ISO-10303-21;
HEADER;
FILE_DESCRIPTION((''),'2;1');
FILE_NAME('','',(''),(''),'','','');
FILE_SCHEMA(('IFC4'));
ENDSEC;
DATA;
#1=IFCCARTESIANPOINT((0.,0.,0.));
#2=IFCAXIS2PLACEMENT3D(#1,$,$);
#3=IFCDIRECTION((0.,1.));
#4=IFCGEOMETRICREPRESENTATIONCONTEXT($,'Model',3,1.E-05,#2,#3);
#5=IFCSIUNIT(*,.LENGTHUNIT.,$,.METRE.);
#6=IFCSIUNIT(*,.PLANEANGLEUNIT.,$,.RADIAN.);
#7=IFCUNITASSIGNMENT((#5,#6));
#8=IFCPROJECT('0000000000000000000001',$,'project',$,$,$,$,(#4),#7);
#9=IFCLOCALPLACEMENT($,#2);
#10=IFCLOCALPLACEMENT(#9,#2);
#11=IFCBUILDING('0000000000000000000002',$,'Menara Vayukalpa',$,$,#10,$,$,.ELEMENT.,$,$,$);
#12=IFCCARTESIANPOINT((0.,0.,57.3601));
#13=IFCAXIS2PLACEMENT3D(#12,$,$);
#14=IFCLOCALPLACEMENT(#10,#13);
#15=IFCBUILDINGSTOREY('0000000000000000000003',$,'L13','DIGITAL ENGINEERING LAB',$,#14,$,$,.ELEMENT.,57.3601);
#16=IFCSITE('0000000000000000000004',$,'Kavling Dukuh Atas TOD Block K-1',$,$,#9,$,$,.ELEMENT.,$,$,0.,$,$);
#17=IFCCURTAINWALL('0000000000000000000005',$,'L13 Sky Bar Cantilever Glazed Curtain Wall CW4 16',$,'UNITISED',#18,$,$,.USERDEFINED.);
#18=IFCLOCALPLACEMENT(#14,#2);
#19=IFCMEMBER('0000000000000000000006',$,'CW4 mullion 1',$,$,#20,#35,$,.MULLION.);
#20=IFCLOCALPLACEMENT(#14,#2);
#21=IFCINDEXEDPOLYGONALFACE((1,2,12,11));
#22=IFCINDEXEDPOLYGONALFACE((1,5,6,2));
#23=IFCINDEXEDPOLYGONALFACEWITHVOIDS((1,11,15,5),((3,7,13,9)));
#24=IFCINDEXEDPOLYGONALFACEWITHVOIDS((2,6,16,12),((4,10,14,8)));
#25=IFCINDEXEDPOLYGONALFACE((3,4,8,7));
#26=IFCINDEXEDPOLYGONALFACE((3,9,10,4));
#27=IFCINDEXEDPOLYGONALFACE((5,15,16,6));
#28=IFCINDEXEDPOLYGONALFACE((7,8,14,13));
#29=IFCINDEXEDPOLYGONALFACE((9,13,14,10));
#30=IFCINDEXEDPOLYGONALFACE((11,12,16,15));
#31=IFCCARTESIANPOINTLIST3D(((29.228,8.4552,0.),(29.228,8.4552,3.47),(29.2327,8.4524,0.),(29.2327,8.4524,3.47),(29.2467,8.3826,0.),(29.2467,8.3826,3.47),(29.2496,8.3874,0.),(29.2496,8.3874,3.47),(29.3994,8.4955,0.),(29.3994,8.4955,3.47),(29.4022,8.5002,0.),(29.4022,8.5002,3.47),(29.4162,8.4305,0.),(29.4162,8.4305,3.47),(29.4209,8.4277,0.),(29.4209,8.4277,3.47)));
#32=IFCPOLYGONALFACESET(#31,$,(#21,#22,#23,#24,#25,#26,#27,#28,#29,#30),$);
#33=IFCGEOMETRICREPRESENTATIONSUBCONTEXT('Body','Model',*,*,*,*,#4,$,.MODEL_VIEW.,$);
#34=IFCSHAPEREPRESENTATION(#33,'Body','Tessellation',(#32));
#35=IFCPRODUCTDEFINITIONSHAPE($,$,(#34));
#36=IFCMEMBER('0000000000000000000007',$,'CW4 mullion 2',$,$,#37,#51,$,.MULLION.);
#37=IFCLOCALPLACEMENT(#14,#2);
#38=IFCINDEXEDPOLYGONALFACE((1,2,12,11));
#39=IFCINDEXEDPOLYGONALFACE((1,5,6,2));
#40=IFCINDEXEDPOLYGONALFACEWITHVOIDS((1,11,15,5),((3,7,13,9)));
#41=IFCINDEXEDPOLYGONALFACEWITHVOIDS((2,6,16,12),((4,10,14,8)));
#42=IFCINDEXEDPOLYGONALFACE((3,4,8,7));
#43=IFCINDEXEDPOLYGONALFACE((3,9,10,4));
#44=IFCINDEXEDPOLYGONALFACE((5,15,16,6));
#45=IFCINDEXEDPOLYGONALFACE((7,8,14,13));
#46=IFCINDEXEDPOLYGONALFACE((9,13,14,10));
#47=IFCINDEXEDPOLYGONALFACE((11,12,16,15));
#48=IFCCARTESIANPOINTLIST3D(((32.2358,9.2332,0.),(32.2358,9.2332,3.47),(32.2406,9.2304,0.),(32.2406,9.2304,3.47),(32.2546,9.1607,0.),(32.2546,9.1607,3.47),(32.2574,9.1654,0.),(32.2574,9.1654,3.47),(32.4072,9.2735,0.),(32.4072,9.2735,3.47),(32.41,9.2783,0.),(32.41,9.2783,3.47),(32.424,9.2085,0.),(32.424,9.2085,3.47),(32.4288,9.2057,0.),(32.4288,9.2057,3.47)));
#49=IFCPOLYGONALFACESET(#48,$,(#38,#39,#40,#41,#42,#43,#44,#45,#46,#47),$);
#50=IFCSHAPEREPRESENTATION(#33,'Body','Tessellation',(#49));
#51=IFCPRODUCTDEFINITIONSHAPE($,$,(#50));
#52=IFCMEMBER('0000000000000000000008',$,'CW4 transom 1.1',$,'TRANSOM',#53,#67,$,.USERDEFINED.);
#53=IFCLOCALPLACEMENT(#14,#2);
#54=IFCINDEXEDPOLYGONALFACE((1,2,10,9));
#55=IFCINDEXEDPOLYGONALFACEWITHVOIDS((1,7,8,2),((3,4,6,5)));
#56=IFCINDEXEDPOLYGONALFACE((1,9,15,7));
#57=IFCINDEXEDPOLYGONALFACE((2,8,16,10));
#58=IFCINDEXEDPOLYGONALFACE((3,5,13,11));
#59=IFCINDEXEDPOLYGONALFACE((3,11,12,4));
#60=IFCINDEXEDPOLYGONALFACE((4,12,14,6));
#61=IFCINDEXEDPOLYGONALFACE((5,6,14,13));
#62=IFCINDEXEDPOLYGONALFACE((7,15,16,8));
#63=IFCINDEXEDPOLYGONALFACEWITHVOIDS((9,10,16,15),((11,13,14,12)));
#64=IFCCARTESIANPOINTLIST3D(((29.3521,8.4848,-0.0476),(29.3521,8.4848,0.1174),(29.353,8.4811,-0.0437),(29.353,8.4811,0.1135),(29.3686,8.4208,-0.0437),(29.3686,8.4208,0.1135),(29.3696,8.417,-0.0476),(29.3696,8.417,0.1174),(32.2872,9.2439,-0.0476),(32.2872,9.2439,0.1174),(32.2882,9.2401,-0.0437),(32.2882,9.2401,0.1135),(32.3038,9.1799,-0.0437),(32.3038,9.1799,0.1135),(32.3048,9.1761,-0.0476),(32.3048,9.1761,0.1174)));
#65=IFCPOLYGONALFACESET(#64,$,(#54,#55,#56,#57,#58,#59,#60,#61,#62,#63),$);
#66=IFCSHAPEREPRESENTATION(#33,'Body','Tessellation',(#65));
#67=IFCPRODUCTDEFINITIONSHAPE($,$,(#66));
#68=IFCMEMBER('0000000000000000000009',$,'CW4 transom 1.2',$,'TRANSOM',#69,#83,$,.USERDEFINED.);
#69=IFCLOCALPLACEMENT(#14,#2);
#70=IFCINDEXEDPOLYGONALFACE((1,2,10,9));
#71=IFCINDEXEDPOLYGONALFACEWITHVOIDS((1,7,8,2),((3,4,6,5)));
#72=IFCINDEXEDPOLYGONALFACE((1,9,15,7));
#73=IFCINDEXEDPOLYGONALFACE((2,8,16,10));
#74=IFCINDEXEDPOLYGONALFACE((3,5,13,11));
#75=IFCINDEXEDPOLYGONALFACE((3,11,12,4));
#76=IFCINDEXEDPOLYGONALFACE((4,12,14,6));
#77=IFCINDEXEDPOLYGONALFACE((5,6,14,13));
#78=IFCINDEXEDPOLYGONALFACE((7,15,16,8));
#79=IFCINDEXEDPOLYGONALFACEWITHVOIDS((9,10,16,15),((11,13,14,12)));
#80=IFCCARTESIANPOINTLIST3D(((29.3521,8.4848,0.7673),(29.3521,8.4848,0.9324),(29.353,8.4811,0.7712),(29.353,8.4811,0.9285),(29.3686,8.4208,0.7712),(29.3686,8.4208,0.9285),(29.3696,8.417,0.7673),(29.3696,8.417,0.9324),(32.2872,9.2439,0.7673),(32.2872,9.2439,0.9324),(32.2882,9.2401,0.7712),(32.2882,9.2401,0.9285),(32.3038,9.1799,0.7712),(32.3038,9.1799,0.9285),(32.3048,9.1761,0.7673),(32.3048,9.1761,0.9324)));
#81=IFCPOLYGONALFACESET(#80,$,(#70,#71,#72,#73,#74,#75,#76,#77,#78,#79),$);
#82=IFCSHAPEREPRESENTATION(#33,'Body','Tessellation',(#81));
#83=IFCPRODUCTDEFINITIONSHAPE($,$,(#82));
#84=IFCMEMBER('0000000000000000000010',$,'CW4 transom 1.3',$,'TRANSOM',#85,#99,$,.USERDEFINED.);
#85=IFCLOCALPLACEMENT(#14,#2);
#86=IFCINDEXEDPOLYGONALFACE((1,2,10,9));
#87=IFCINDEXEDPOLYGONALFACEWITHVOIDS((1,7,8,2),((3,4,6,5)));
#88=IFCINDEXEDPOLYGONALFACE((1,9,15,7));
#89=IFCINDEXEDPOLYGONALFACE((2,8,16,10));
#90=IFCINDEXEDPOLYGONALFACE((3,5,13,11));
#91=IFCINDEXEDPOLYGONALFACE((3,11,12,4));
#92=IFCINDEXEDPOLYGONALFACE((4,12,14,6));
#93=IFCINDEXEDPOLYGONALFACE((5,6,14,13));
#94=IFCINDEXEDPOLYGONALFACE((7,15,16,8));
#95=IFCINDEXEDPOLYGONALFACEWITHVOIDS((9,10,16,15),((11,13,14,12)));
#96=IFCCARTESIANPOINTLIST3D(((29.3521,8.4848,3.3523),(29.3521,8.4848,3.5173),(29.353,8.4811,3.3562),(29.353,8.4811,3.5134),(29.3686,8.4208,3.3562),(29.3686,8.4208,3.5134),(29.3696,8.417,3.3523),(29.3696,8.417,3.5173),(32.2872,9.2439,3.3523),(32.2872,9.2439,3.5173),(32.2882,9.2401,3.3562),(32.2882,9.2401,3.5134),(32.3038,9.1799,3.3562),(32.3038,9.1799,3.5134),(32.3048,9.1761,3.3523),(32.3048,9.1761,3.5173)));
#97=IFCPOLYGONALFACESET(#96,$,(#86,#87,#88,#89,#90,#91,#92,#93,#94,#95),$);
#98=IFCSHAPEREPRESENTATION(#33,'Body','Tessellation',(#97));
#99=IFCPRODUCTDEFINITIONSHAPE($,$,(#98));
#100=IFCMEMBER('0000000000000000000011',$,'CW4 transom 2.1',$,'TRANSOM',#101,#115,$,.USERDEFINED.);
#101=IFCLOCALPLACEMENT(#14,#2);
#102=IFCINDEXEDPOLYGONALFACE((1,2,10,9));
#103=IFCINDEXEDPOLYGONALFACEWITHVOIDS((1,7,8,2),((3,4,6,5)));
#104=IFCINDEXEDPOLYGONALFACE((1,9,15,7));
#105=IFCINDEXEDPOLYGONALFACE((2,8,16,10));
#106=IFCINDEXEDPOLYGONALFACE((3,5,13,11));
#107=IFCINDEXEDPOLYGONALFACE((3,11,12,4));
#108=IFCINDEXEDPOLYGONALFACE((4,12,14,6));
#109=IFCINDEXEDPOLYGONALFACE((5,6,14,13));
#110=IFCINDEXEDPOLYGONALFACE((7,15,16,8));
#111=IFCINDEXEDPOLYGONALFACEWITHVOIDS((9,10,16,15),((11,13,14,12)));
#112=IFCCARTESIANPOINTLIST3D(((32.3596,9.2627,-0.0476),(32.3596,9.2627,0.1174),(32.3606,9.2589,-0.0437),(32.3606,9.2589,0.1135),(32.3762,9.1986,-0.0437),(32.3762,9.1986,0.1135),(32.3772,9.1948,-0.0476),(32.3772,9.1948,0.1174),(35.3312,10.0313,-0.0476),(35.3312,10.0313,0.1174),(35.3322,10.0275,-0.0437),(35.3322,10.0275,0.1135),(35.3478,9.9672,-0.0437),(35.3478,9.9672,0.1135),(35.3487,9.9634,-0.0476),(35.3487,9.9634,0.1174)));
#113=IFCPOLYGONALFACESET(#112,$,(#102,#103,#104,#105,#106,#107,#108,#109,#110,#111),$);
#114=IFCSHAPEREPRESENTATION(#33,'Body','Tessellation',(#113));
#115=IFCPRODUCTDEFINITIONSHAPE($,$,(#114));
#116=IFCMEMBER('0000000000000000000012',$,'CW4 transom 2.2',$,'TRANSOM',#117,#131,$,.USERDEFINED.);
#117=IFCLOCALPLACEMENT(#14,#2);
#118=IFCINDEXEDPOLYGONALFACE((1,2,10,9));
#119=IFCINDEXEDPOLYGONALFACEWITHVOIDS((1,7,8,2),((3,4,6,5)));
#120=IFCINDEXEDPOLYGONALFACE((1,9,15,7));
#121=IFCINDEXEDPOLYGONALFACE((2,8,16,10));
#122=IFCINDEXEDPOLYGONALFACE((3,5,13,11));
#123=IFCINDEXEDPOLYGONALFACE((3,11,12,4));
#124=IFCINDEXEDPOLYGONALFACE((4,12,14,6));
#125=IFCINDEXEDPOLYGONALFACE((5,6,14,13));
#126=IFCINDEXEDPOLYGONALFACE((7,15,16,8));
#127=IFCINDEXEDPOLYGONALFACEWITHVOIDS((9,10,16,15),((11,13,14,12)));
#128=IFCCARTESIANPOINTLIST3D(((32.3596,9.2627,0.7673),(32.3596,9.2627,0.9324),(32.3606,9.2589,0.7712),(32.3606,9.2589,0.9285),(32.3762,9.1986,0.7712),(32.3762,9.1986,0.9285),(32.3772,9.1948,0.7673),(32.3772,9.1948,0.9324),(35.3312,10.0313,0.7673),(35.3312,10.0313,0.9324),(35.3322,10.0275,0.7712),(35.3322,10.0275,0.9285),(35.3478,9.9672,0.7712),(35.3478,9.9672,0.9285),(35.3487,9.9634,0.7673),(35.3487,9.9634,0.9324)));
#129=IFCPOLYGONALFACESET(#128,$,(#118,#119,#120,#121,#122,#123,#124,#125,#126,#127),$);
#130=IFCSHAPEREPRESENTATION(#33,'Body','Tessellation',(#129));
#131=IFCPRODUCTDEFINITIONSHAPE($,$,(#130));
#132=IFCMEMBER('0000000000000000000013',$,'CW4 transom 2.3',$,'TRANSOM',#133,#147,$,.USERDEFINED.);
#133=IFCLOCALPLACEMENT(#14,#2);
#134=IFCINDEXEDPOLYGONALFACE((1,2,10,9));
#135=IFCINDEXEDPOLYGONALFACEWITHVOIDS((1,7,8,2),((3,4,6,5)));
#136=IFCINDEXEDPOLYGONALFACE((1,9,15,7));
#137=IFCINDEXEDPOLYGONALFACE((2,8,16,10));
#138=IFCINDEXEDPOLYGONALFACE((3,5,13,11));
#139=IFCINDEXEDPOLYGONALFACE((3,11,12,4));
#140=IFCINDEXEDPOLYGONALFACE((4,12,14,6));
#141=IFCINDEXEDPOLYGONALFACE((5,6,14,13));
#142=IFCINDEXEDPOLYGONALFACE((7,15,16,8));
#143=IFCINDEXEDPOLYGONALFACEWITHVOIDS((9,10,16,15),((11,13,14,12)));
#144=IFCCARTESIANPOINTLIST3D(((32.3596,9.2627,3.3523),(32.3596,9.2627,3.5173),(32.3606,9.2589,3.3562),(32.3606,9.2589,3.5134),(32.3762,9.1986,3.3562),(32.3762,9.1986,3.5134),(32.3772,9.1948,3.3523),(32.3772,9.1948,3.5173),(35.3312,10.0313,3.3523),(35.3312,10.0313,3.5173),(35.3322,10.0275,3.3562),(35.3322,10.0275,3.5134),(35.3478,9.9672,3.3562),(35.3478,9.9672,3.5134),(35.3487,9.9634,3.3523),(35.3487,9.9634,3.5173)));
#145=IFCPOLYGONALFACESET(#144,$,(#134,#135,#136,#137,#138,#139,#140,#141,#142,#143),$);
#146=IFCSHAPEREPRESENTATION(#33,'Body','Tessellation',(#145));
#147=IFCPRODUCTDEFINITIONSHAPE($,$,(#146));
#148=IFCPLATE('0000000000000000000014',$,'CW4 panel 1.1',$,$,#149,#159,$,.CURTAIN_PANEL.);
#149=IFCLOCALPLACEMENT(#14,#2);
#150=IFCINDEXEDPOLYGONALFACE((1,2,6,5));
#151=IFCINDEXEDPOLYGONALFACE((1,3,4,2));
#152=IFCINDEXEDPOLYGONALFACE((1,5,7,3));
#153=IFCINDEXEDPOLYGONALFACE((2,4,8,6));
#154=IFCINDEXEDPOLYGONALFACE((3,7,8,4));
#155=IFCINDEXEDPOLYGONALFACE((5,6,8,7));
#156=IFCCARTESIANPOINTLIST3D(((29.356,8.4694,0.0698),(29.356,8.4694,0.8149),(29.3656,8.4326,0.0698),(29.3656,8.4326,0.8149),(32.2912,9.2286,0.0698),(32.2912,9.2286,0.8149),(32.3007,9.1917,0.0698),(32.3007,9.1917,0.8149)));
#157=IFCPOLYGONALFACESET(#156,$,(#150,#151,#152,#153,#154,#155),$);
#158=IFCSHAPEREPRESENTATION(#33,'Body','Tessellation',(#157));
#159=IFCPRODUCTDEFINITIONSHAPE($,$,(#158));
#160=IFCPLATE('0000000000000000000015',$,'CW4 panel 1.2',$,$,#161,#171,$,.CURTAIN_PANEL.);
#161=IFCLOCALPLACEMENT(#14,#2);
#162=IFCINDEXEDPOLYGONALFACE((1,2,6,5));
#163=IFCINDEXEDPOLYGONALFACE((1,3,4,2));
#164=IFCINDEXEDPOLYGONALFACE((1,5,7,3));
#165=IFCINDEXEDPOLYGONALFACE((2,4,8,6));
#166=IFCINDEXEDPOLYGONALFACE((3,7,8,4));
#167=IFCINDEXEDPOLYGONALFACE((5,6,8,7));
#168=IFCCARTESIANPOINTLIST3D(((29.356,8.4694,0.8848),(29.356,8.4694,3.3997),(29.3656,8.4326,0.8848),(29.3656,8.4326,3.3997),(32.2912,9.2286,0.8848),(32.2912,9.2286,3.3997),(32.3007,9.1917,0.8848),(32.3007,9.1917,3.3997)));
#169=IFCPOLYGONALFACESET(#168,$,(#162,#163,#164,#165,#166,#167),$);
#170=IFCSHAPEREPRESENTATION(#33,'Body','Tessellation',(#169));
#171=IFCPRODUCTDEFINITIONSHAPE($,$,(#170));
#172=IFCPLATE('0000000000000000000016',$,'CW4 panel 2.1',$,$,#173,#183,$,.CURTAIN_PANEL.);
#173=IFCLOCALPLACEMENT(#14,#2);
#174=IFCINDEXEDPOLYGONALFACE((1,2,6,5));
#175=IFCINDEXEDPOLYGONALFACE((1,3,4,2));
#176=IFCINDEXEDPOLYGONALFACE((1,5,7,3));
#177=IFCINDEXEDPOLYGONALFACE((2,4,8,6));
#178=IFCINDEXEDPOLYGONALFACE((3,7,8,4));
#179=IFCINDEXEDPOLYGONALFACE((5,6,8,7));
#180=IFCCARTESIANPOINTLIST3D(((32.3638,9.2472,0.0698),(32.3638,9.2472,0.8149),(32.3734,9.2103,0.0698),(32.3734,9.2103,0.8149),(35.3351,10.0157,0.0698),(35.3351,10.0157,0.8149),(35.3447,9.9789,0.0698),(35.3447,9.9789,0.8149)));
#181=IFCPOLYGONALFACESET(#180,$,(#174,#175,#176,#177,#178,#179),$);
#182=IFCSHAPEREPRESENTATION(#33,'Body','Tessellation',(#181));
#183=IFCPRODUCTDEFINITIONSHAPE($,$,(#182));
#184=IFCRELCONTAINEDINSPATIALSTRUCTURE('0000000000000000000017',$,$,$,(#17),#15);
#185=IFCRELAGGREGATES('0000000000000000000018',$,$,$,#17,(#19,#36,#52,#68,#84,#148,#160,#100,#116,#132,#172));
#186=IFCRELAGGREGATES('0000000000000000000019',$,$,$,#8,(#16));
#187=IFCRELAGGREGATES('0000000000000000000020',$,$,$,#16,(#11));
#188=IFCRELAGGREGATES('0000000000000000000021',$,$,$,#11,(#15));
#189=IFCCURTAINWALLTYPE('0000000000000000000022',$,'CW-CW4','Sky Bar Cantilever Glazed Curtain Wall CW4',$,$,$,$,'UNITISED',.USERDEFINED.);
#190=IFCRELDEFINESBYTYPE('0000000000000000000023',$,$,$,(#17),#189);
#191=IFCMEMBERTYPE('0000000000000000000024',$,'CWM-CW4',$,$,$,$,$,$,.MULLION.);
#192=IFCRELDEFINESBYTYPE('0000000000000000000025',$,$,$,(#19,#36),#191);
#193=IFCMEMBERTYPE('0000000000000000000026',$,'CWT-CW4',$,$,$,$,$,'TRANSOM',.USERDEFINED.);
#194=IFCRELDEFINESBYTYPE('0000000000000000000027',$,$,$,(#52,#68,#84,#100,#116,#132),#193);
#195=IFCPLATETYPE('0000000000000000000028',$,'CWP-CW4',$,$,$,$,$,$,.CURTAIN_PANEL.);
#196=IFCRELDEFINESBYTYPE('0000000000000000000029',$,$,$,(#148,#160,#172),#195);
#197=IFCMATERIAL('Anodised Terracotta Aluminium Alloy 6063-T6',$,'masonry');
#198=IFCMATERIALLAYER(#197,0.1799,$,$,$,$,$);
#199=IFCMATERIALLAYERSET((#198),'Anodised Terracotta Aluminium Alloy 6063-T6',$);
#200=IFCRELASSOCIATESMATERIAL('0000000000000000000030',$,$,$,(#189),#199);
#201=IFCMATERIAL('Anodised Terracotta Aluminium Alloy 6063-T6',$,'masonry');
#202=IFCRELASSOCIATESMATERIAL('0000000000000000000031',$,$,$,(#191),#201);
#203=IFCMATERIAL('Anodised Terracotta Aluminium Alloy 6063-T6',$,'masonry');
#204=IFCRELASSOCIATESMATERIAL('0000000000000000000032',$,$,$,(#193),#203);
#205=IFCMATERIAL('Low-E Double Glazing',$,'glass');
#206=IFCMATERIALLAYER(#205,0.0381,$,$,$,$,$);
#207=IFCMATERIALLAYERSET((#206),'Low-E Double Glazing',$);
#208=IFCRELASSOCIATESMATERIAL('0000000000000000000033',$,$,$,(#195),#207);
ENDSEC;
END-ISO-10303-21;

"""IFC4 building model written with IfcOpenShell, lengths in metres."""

from ifc_helpers import new_model, si_unit, direction, frame, origin, origin_2d, place, context, subcontext, project, spatial, rectangle, hollow_rectangle, extrude, material, layer, layer_set, material_profile, profile_set, type_object, element, aggregate, save


model = new_model("IFC4")

# Units and contexts
model_context = context("Model", 3, precision=1e-05, world=origin(), true_north=direction((0.0, 1.0)))
body_context = subcontext(model_context, "Body", "Model", "MODEL_VIEW")
ifc_project = project(units=[si_unit("LENGTHUNIT", "METRE"), si_unit("PLANEANGLEUNIT", "RADIAN")], contexts=[model_context])

# Site, building, storey
site_placement = place(None, origin())
site = spatial("IfcSite", under=ifc_project, at=site_placement, Name="Kavling Dukuh Atas TOD Block K-1", CompositionType="ELEMENT", RefElevation=0.0)
building_placement = place(site_placement, origin())
building = spatial("IfcBuilding", under=site, at=building_placement, Name="Menara Vayukalpa", CompositionType="ELEMENT")
storey_placement = place(building_placement, frame((0.0, 0.0, 57.3601)))
storey = spatial("IfcBuildingStorey", under=building, at=storey_placement, Name="L13", Description="DIGITAL ENGINEERING LAB", CompositionType="ELEMENT", Elevation=57.3601)

# Curtain wall, members, plates
ifc_material_1 = material(Name="Anodised Terracotta Aluminium Alloy 6063-T6", Category="masonry")
ifc_layer_1 = layer(ifc_material_1, 0.1799)
ifc_layer_set_1 = layer_set([ifc_layer_1], Name="Anodised Terracotta Aluminium Alloy 6063-T6")
curtain_wall_type = type_object("IfcCurtainWallType", Name="CW-CW4", Description="Sky Bar Cantilever Glazed Curtain Wall CW4", ElementType="UNITISED", PredefinedType="USERDEFINED", material=ifc_layer_set_1)
curtain_wall_placement = place(storey_placement, origin())
curtain_wall = element("IfcCurtainWall", 1, at=curtain_wall_placement, inside=storey, type_object=curtain_wall_type, Name="L13 Sky Bar Cantilever Glazed Curtain Wall CW4 16", ObjectType="UNITISED", PredefinedType="USERDEFINED")
ifc_material_2 = material(Name="Anodised Terracotta Aluminium Alloy 6063-T6", Category="masonry")
ifc_material_profile_1 = material_profile(ifc_material_2, hollow_rectangle(XDim=0.075, YDim=0.1799, WallThickness=0.0039, at=origin_2d()), Name="ALU 75x180x4")
ifc_profile_set_1 = profile_set([ifc_material_profile_1], Name="Anodised Terracotta Aluminium Alloy 6063-T6")
member_type_1 = type_object("IfcMemberType", Name="CWM-CW4", PredefinedType="MULLION", material=ifc_profile_set_1)
member_1_placement = place(storey_placement, frame((29.3245, 8.4414, 0.0), z_axis=(0.0, 0.0, 1.0), x_axis=(-0.250403, 0.968142, 0.0)))
member_1 = element("IfcMember", 2, at=member_1_placement, type_object=member_type_1, Name="CW4 mullion 1", PredefinedType="MULLION", context=body_context, shape_type="SweptSolid", body=[
    extrude(hollow_rectangle(XDim=0.075, YDim=0.1799, WallThickness=0.0039, at=origin_2d()), origin(), (0.0, 0.0, 1.0), 3.47),
])
member_2_placement = place(storey_placement, frame((32.3323, 9.2195, 0.0), z_axis=(0.0, 0.0, 1.0), x_axis=(-0.250403, 0.968142, 0.0)))
member_2 = element("IfcMember", 3, at=member_2_placement, type_object=member_type_1, Name="CW4 mullion 2", PredefinedType="MULLION", context=body_context, shape_type="SweptSolid", body=[
    extrude(hollow_rectangle(XDim=0.075, YDim=0.1799, WallThickness=0.0039, at=origin_2d()), origin(), (0.0, 0.0, 1.0), 3.47),
])
ifc_material_3 = material(Name="Anodised Terracotta Aluminium Alloy 6063-T6", Category="masonry")
ifc_material_profile_2 = material_profile(ifc_material_3, hollow_rectangle(XDim=0.0701, YDim=0.165, WallThickness=0.0039, at=origin_2d()), Name="ALU 70x165x4")
ifc_profile_set_2 = profile_set([ifc_material_profile_2], Name="Anodised Terracotta Aluminium Alloy 6063-T6")
member_type_2 = type_object("IfcMemberType", Name="CWT-CW4", ElementType="TRANSOM", PredefinedType="USERDEFINED", material=ifc_profile_set_2)
member_3_placement = place(storey_placement, frame((29.3608, 8.4509, 0.0349), z_axis=(0.96815, 0.250372, 0.0), x_axis=(-0.250372, 0.96815, 0.0)))
member_3 = element("IfcMember", 4, at=member_3_placement, type_object=member_type_2, Name="CW4 transom 1.1", ObjectType="TRANSOM", PredefinedType="USERDEFINED", context=body_context, shape_type="SweptSolid", body=[
    extrude(hollow_rectangle(XDim=0.0701, YDim=0.165, WallThickness=0.0039, at=origin_2d()), origin(), (0.0, 0.0, 1.0), 3.0317),
])
member_4_placement = place(storey_placement, frame((29.3608, 8.4509, 0.8499), z_axis=(0.96815, 0.250372, 0.0), x_axis=(-0.250372, 0.96815, 0.0)))
member_4 = element("IfcMember", 5, at=member_4_placement, type_object=member_type_2, Name="CW4 transom 1.2", ObjectType="TRANSOM", PredefinedType="USERDEFINED", context=body_context, shape_type="SweptSolid", body=[
    extrude(hollow_rectangle(XDim=0.0701, YDim=0.165, WallThickness=0.0039, at=origin_2d()), origin(), (0.0, 0.0, 1.0), 3.0317),
])
member_5_placement = place(storey_placement, frame((29.3608, 8.4509, 3.4348), z_axis=(0.96815, 0.250372, 0.0), x_axis=(-0.250372, 0.96815, 0.0)))
member_5 = element("IfcMember", 6, at=member_5_placement, type_object=member_type_2, Name="CW4 transom 1.3", ObjectType="TRANSOM", PredefinedType="USERDEFINED", context=body_context, shape_type="SweptSolid", body=[
    extrude(hollow_rectangle(XDim=0.0701, YDim=0.165, WallThickness=0.0039, at=origin_2d()), origin(), (0.0, 0.0, 1.0), 3.0317),
])
member_6_placement = place(storey_placement, frame((32.3684, 9.2288, 0.0349), z_axis=(0.968141, 0.250407, 0.0), x_axis=(-0.250407, 0.968141, 0.0)))
member_6 = element("IfcMember", 7, at=member_6_placement, type_object=member_type_2, Name="CW4 transom 2.1", ObjectType="TRANSOM", PredefinedType="USERDEFINED", context=body_context, shape_type="SweptSolid", body=[
    extrude(hollow_rectangle(XDim=0.0701, YDim=0.165, WallThickness=0.0039, at=origin_2d()), origin(), (0.0, 0.0, 1.0), 3.0693),
])
member_7_placement = place(storey_placement, frame((32.3684, 9.2288, 0.8499), z_axis=(0.968141, 0.250407, 0.0), x_axis=(-0.250407, 0.968141, 0.0)))
member_7 = element("IfcMember", 8, at=member_7_placement, type_object=member_type_2, Name="CW4 transom 2.2", ObjectType="TRANSOM", PredefinedType="USERDEFINED", context=body_context, shape_type="SweptSolid", body=[
    extrude(hollow_rectangle(XDim=0.0701, YDim=0.165, WallThickness=0.0039, at=origin_2d()), origin(), (0.0, 0.0, 1.0), 3.0693),
])
member_8_placement = place(storey_placement, frame((32.3684, 9.2288, 3.4348), z_axis=(0.968141, 0.250407, 0.0), x_axis=(-0.250407, 0.968141, 0.0)))
member_8 = element("IfcMember", 9, at=member_8_placement, type_object=member_type_2, Name="CW4 transom 2.3", ObjectType="TRANSOM", PredefinedType="USERDEFINED", context=body_context, shape_type="SweptSolid", body=[
    extrude(hollow_rectangle(XDim=0.0701, YDim=0.165, WallThickness=0.0039, at=origin_2d()), origin(), (0.0, 0.0, 1.0), 3.0693),
])
ifc_material_4 = material(Name="Low-E Double Glazing", Category="glass")
ifc_layer_2 = layer(ifc_material_4, 0.0381)
ifc_layer_set_2 = layer_set([ifc_layer_2], Name="Low-E Double Glazing")
plate_type = type_object("IfcPlateType", Name="CWP-CW4", PredefinedType="CURTAIN_PANEL", material=ifc_layer_set_2)
plate_1_placement = place(storey_placement, frame((30.8284, 8.8306, 0.0698), z_axis=(0.0, 0.0, 1.0), x_axis=(0.968142, 0.250403, 0.0)))
plate_1 = element("IfcPlate", 10, at=plate_1_placement, type_object=plate_type, Name="CW4 panel 1.1", PredefinedType="CURTAIN_PANEL", context=body_context, shape_type="SweptSolid", body=[
    extrude(rectangle(XDim=3.0317, YDim=0.0381, at=origin_2d()), origin(), (0.0, 0.0, 1.0), 0.7451),
])
plate_2_placement = place(storey_placement, frame((30.8284, 8.8306, 0.8848), z_axis=(0.0, 0.0, 1.0), x_axis=(0.968142, 0.250403, 0.0)))
plate_2 = element("IfcPlate", 11, at=plate_2_placement, type_object=plate_type, Name="CW4 panel 1.2", PredefinedType="CURTAIN_PANEL", context=body_context, shape_type="SweptSolid", body=[
    extrude(rectangle(XDim=3.0317, YDim=0.0381, at=origin_2d()), origin(), (0.0, 0.0, 1.0), 2.5149),
])
plate_3_placement = place(storey_placement, frame((33.8542, 9.613, 0.0698), z_axis=(0.0, 0.0, 1.0), x_axis=(0.968142, 0.250403, 0.0)))
plate_3 = element("IfcPlate", 12, at=plate_3_placement, type_object=plate_type, Name="CW4 panel 2.1", PredefinedType="CURTAIN_PANEL", context=body_context, shape_type="SweptSolid", body=[
    extrude(rectangle(XDim=3.0691, YDim=0.0381, at=origin_2d()), origin(), (0.0, 0.0, 1.0), 0.7451),
])
aggregate(curtain_wall, [member_1, member_2, member_3, member_4, member_5, plate_1, plate_2, member_6, member_7, member_8, plate_3])

save(model, "model.ifc")
